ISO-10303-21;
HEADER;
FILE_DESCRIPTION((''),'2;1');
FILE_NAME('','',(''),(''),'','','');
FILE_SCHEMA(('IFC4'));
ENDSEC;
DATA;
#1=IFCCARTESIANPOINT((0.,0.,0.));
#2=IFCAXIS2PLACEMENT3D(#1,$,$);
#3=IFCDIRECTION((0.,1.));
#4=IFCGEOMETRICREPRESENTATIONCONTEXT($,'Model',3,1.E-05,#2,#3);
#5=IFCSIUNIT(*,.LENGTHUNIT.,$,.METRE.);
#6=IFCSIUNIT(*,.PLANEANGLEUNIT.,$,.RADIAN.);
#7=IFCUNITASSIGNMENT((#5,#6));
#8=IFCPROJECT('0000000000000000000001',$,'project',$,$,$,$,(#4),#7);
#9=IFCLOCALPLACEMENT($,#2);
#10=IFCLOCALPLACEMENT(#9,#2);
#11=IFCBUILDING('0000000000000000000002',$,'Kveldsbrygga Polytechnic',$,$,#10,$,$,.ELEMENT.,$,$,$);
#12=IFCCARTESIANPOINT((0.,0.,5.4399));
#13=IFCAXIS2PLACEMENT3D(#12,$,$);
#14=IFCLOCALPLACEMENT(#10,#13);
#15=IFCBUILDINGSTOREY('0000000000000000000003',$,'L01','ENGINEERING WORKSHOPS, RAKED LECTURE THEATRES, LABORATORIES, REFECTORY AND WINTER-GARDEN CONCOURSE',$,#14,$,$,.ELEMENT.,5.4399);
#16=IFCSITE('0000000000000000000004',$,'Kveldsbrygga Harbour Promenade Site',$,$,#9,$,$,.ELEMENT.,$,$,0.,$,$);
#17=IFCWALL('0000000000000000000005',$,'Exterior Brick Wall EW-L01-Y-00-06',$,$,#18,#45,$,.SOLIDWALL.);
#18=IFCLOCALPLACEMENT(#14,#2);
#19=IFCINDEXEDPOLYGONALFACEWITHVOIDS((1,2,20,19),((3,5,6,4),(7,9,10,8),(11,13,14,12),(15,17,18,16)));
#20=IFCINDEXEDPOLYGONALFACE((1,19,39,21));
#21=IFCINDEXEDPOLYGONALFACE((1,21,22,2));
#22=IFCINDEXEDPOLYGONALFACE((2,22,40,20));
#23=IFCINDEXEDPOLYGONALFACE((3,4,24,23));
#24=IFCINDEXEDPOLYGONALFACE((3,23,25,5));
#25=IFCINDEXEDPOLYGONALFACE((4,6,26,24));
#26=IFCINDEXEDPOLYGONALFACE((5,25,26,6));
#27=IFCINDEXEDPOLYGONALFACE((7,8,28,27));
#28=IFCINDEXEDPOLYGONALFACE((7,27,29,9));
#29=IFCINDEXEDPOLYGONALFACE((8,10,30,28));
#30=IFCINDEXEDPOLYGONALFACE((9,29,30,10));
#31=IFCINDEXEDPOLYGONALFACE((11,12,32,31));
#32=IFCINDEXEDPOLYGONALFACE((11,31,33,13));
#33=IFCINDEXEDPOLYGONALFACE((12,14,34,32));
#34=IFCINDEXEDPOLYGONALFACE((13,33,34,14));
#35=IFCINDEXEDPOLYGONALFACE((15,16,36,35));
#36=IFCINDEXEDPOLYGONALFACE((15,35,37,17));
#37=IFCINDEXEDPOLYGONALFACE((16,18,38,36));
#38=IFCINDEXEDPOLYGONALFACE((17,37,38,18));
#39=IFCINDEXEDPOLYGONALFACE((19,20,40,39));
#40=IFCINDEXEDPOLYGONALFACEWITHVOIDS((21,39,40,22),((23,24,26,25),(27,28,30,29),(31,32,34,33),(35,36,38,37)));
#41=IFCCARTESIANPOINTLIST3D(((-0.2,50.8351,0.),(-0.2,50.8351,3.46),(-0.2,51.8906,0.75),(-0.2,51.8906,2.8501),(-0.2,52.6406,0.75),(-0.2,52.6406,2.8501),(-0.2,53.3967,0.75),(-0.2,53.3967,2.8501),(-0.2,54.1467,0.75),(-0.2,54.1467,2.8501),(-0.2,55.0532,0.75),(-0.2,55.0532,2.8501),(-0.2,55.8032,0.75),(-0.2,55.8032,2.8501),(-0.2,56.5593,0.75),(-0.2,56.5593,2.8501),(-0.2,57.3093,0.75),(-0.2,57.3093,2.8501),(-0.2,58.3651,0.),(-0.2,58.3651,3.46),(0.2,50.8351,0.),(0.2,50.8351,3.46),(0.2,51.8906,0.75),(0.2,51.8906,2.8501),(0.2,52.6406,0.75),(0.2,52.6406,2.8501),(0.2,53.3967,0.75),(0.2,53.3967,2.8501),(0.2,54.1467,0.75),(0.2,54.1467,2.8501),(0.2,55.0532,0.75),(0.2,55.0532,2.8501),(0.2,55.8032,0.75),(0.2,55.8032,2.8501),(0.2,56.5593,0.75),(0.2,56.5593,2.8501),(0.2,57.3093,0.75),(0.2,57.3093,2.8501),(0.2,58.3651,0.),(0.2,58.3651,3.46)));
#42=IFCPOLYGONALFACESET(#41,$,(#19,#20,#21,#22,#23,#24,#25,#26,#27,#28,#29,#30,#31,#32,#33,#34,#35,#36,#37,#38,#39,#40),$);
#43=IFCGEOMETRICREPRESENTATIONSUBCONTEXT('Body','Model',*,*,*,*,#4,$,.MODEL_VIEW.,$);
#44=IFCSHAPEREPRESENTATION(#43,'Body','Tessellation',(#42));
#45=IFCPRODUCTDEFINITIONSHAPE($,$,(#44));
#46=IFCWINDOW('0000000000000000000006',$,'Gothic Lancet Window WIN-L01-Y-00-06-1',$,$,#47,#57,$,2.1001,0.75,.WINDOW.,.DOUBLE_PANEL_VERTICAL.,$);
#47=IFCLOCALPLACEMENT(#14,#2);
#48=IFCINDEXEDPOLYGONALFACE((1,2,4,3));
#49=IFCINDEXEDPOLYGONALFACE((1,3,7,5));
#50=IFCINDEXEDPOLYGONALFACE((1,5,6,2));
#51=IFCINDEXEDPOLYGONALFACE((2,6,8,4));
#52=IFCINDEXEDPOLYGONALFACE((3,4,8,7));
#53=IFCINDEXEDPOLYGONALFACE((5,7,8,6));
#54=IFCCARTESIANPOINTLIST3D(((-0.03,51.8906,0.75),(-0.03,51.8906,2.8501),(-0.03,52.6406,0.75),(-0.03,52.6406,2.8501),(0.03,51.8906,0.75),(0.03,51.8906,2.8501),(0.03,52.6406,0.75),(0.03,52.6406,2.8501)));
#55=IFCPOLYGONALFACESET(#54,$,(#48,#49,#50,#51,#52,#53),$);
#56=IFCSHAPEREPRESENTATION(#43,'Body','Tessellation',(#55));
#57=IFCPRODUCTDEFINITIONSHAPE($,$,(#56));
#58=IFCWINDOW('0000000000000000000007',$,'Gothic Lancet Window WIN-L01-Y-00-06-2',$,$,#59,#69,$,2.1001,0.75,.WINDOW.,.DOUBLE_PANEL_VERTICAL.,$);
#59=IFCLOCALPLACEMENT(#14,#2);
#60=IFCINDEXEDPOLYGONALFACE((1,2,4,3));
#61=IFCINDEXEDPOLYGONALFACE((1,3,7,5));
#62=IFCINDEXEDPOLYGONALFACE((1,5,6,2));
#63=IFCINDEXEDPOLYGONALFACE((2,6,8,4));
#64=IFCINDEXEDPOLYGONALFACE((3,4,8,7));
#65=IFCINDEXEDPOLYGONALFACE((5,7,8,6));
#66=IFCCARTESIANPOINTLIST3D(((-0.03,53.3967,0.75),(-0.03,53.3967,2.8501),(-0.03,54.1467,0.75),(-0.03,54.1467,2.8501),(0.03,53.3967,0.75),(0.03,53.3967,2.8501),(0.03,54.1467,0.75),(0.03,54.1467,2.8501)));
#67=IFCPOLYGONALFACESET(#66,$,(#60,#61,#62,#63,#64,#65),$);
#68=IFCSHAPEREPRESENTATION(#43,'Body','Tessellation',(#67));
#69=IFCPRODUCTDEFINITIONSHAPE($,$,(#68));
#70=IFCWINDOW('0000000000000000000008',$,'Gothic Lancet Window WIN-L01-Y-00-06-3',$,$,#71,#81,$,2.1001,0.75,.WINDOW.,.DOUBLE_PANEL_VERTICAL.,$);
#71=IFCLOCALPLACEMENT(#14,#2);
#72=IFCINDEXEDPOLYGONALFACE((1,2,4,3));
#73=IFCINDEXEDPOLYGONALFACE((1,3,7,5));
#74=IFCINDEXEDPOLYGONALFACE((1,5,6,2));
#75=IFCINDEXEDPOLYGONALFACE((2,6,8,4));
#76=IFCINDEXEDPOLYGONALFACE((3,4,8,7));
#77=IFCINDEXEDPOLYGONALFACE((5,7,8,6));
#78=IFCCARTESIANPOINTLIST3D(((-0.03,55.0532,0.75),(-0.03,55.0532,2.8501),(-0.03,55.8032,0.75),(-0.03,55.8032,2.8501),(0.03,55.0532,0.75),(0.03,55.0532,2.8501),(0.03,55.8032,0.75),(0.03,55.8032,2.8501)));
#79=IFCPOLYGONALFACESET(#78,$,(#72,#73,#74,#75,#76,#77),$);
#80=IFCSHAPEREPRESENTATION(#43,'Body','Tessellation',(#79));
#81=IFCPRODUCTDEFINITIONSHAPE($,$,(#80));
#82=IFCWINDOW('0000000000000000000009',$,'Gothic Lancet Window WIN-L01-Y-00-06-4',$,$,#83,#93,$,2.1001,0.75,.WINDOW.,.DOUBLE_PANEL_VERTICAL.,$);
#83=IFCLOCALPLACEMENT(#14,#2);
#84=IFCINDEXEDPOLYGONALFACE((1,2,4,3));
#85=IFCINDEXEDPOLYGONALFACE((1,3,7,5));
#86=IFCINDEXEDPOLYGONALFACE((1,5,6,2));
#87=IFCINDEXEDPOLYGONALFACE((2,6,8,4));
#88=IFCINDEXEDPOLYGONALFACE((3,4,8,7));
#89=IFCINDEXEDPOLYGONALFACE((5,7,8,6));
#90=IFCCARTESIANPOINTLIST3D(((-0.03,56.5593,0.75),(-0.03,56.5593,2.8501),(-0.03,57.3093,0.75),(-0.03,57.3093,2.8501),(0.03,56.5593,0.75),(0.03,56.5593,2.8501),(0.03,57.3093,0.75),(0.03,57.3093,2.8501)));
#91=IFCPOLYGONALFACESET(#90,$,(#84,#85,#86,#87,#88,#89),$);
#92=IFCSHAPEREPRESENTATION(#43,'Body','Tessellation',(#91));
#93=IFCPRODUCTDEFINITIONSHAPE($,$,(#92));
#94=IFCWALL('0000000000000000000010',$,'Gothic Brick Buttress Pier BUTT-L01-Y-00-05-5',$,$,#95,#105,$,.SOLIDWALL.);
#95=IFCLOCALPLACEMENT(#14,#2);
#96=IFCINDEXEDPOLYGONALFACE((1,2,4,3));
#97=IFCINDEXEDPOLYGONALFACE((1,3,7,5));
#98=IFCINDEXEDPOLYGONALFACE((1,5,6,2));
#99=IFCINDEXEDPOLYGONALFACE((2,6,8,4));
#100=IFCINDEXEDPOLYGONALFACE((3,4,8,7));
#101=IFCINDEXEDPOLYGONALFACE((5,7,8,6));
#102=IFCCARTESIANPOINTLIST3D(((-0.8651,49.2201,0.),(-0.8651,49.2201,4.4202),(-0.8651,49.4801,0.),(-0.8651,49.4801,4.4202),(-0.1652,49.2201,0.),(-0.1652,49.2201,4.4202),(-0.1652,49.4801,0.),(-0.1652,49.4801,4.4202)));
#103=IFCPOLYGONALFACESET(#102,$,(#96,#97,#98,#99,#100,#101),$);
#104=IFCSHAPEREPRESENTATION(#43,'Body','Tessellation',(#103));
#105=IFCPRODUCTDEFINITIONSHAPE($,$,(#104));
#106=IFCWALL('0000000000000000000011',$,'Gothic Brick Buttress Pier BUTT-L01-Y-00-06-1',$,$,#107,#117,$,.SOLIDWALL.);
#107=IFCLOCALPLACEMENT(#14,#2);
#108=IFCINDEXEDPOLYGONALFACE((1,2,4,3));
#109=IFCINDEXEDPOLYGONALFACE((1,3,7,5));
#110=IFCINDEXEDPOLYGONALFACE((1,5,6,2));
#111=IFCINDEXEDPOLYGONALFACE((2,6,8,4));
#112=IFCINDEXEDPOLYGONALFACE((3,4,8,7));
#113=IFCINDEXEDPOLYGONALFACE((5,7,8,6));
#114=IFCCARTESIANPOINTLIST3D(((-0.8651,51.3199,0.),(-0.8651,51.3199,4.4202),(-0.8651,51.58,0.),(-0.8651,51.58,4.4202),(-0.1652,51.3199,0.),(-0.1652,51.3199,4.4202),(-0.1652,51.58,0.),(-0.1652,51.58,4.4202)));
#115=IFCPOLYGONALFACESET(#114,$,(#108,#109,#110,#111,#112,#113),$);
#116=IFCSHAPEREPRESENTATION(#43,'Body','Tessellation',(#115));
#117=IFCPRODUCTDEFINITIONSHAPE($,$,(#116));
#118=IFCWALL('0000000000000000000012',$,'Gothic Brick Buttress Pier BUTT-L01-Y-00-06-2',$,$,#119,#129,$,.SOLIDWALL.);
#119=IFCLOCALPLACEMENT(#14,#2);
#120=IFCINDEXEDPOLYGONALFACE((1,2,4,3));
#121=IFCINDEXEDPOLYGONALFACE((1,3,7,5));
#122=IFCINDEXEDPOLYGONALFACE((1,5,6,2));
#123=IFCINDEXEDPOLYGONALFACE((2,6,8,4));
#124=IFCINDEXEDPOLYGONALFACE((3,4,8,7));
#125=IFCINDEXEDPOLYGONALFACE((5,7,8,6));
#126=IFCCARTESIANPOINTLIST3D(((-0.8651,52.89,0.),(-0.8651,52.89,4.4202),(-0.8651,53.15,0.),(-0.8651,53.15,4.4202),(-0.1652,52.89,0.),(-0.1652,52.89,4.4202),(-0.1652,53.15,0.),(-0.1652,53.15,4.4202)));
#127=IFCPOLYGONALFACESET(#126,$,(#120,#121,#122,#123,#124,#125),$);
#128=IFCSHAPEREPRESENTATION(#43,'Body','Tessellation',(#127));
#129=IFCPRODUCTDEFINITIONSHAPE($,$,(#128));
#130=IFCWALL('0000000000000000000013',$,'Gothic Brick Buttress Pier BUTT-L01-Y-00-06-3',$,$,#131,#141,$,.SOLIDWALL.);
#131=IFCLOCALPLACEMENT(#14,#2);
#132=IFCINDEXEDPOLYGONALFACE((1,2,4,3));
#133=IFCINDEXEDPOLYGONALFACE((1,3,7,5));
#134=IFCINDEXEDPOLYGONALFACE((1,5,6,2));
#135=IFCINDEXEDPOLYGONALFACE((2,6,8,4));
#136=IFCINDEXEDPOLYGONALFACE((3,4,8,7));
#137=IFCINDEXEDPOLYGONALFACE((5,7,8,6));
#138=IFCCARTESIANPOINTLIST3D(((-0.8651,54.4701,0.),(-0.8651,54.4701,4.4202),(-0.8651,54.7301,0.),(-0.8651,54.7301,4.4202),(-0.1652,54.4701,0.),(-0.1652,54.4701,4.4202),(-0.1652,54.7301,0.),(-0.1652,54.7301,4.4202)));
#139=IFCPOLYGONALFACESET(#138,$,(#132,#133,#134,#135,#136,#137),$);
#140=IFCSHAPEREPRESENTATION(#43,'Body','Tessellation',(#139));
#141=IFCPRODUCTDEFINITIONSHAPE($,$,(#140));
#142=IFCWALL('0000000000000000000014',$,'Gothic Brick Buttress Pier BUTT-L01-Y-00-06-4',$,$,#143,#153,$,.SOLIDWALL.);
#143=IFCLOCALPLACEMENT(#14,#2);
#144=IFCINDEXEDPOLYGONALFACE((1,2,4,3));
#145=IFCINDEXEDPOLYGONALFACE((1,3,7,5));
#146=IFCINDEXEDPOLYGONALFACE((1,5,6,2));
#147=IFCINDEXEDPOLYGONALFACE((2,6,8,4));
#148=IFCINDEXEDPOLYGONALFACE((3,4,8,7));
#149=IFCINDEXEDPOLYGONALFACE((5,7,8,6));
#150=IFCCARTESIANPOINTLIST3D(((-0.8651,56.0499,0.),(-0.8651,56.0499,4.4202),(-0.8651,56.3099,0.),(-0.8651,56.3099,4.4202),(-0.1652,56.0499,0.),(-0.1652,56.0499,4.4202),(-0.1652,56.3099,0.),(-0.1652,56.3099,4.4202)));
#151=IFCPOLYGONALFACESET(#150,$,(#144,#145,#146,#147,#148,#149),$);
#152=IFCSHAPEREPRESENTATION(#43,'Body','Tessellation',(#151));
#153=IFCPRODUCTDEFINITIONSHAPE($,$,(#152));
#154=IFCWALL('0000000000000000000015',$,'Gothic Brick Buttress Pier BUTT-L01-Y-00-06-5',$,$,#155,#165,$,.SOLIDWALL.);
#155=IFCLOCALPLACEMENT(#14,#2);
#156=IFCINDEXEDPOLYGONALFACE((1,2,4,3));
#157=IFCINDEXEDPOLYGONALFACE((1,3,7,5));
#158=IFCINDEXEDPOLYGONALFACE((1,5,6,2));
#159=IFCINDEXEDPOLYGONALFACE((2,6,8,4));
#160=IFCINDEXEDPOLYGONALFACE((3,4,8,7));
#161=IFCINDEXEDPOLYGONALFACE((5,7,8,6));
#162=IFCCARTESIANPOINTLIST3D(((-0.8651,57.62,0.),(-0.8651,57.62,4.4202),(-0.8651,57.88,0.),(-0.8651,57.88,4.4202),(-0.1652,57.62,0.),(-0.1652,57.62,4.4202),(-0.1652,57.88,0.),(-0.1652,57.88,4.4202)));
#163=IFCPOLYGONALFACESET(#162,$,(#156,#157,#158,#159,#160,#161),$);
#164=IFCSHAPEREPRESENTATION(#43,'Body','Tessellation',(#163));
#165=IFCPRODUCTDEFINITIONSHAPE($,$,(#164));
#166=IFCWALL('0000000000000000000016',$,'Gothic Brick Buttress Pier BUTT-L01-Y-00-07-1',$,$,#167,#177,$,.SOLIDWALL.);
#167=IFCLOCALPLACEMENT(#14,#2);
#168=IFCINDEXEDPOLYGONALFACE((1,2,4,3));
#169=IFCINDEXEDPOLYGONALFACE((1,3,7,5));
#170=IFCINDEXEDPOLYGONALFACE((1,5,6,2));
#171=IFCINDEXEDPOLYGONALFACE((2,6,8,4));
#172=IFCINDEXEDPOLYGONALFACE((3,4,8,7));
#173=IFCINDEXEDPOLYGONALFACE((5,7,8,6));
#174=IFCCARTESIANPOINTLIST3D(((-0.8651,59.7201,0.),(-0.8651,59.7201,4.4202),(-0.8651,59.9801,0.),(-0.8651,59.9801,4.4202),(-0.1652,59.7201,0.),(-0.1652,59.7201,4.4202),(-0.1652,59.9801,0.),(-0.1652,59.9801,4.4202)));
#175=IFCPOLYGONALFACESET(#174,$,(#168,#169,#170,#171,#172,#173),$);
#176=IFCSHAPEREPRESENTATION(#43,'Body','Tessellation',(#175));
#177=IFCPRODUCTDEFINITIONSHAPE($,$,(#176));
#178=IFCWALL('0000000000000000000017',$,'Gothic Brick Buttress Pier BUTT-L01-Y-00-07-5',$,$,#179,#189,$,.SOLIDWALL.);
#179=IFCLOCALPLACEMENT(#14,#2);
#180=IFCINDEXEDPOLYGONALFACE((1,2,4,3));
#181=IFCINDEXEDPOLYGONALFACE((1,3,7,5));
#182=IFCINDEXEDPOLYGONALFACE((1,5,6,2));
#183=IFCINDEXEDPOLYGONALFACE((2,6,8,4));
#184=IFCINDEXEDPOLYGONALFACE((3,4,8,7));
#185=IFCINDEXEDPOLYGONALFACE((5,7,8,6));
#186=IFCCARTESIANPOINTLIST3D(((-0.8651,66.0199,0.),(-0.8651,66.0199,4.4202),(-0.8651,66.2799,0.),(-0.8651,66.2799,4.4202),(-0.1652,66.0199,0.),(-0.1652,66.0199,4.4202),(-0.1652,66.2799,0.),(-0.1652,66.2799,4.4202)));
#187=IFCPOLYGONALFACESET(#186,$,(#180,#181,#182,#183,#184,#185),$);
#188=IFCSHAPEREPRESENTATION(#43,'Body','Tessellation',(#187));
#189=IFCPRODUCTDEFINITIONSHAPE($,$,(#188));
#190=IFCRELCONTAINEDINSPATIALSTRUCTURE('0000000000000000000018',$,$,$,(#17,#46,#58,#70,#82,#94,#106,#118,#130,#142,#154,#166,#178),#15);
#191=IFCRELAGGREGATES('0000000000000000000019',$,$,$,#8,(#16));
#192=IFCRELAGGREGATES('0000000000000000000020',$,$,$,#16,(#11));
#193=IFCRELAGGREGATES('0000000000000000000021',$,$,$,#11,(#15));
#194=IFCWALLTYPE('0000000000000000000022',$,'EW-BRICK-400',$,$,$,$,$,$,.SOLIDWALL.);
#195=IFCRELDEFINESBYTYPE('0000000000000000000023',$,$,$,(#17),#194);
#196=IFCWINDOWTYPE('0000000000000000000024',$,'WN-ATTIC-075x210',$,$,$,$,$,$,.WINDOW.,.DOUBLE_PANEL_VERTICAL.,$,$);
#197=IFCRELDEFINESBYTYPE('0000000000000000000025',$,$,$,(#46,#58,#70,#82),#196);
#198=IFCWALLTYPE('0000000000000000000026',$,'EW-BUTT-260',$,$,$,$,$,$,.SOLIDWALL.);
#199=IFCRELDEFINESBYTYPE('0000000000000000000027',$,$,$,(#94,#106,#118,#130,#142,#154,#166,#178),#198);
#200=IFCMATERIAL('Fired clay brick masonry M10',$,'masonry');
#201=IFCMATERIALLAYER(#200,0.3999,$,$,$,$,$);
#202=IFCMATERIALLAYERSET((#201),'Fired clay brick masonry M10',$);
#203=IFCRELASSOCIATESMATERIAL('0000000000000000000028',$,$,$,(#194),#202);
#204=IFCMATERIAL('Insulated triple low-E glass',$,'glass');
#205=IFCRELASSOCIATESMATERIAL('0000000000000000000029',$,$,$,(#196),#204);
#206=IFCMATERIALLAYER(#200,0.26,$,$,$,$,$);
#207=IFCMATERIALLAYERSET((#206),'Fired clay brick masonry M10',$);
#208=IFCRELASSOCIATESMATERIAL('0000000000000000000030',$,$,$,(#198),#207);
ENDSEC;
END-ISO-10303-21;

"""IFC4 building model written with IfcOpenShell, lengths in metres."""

from ifc_helpers import new_model, si_unit, direction, frame, frame_2d, origin, place, context, subcontext, project, spatial, rectangle, extrude, material, layer, layer_set, type_object, element, fill, save


model = new_model("IFC4")

# Units and contexts
model_context = context("Model", 3, precision=1e-05, world=origin(), true_north=direction((0.0, 1.0)))
body_context = subcontext(model_context, "Body", "Model", "MODEL_VIEW")
ifc_project = project(units=[si_unit("LENGTHUNIT", "METRE"), si_unit("PLANEANGLEUNIT", "RADIAN")], contexts=[model_context])

# Site, building, storey
site_placement = place(None, origin())
site = spatial("IfcSite", under=ifc_project, at=site_placement, Name="Kveldsbrygga Harbour Promenade Site", CompositionType="ELEMENT", RefElevation=0.0)
building_placement = place(site_placement, origin())
building = spatial("IfcBuilding", under=site, at=building_placement, Name="Kveldsbrygga Polytechnic", CompositionType="ELEMENT")
storey_placement = place(building_placement, frame((0.0, 0.0, 5.4399)))
storey = spatial("IfcBuildingStorey", under=building, at=storey_placement, Name="L01", Description="ENGINEERING WORKSHOPS, RAKED LECTURE THEATRES, LABORATORIES, REFECTORY AND WINTER-GARDEN CONCOURSE", CompositionType="ELEMENT", Elevation=5.4399)

# Wall, openings, windows
ifc_material_1 = material(Name="Fired clay brick masonry M10", Category="masonry")
ifc_material_2 = material(Name="Insulated triple low-E glass", Category="glass")
ifc_layer_1 = layer(ifc_material_1, 0.3999)
ifc_layer_set_1 = layer_set([ifc_layer_1], Name="Fired clay brick masonry M10")
wall_type_1 = type_object("IfcWallType", Name="EW-BRICK-400", PredefinedType="SOLIDWALL", material=ifc_layer_set_1)
wall_1_placement = place(storey_placement, frame((0.0, 50.835, 0.0), z_axis=(0.0, 0.0, 1.0), x_axis=(0.0, 1.0, 0.0)))
wall_1 = element("IfcWall", 1, at=wall_1_placement, inside=storey, type_object=wall_type_1, Name="Exterior Brick Wall EW-L01-Y-00-06", PredefinedType="SOLIDWALL", context=body_context, shape_type="SweptSolid", body=[
    extrude(rectangle(XDim=7.53, YDim=0.3999, at=frame_2d((3.7651, 0.0))), origin(), (0.0, 0.0, 1.0), 3.46),
])
opening_1_placement = place(wall_1_placement, frame((1.0557, 0.0, 0.75)))
opening_1 = element("IfcOpeningElement", 2, at=opening_1_placement, cuts=wall_1, PredefinedType="OPENING", context=body_context, shape_type="SweptSolid", body=[
    extrude(rectangle(XDim=0.75, YDim=2.1001, at=frame_2d((0.375, 1.05))), frame((0.0, 0.21, 0.0), z_axis=(0.0, -1.0, 0.0), x_axis=(1.0, 0.0, 0.0)), (0.0, 0.0, 1.0), 0.4199),
])
opening_2_placement = place(wall_1_placement, frame((2.5618, 0.0, 0.75)))
opening_2 = element("IfcOpeningElement", 3, at=opening_2_placement, cuts=wall_1, PredefinedType="OPENING", context=body_context, shape_type="SweptSolid", body=[
    extrude(rectangle(XDim=0.75, YDim=2.1001, at=frame_2d((0.375, 1.05))), frame((0.0, 0.21, 0.0), z_axis=(0.0, -1.0, 0.0), x_axis=(1.0, 0.0, 0.0)), (0.0, 0.0, 1.0), 0.4199),
])
opening_3_placement = place(wall_1_placement, frame((4.2183, 0.0, 0.75)))
opening_3 = element("IfcOpeningElement", 4, at=opening_3_placement, cuts=wall_1, PredefinedType="OPENING", context=body_context, shape_type="SweptSolid", body=[
    extrude(rectangle(XDim=0.75, YDim=2.1001, at=frame_2d((0.375, 1.05))), frame((0.0, 0.21, 0.0), z_axis=(0.0, -1.0, 0.0), x_axis=(1.0, 0.0, 0.0)), (0.0, 0.0, 1.0), 0.4199),
])
opening_4_placement = place(wall_1_placement, frame((5.7244, 0.0, 0.75)))
opening_4 = element("IfcOpeningElement", 5, at=opening_4_placement, cuts=wall_1, PredefinedType="OPENING", context=body_context, shape_type="SweptSolid", body=[
    extrude(rectangle(XDim=0.75, YDim=2.1001, at=frame_2d((0.375, 1.05))), frame((0.0, 0.21, 0.0), z_axis=(0.0, -1.0, 0.0), x_axis=(1.0, 0.0, 0.0)), (0.0, 0.0, 1.0), 0.4199),
])
window_type_1 = type_object("IfcWindowType", Name="WN-ATTIC-075x210", PartitioningType="DOUBLE_PANEL_VERTICAL", PredefinedType="WINDOW", material=ifc_material_2)
window_1_placement = place(opening_1_placement, origin())
window_1 = element("IfcWindow", 6, at=window_1_placement, inside=storey, type_object=window_type_1, Name="Gothic Lancet Window WIN-L01-Y-00-06-1", OverallHeight=2.1001, OverallWidth=0.75, PartitioningType="DOUBLE_PANEL_VERTICAL", PredefinedType="WINDOW", context=body_context, shape_type="SweptSolid", body=[
    extrude(rectangle(XDim=0.75, YDim=2.1001, at=frame_2d((0.375, 1.05))), frame((0.0, 0.03, 0.0), z_axis=(0.0, -1.0, 0.0), x_axis=(1.0, 0.0, 0.0)), (0.0, 0.0, 1.0), 0.0601),
])
fill(opening_1, window_1)
window_2_placement = place(opening_2_placement, origin())
window_2 = element("IfcWindow", 7, at=window_2_placement, inside=storey, type_object=window_type_1, Name="Gothic Lancet Window WIN-L01-Y-00-06-2", OverallHeight=2.1001, OverallWidth=0.75, PartitioningType="DOUBLE_PANEL_VERTICAL", PredefinedType="WINDOW", context=body_context, shape_type="SweptSolid", body=[
    extrude(rectangle(XDim=0.75, YDim=2.1001, at=frame_2d((0.375, 1.05))), frame((0.0, 0.03, 0.0), z_axis=(0.0, -1.0, 0.0), x_axis=(1.0, 0.0, 0.0)), (0.0, 0.0, 1.0), 0.0601),
])
fill(opening_2, window_2)
window_3_placement = place(opening_3_placement, origin())
window_3 = element("IfcWindow", 8, at=window_3_placement, inside=storey, type_object=window_type_1, Name="Gothic Lancet Window WIN-L01-Y-00-06-3", OverallHeight=2.1001, OverallWidth=0.75, PartitioningType="DOUBLE_PANEL_VERTICAL", PredefinedType="WINDOW", context=body_context, shape_type="SweptSolid", body=[
    extrude(rectangle(XDim=0.75, YDim=2.1001, at=frame_2d((0.375, 1.05))), frame((0.0, 0.03, 0.0), z_axis=(0.0, -1.0, 0.0), x_axis=(1.0, 0.0, 0.0)), (0.0, 0.0, 1.0), 0.0601),
])
fill(opening_3, window_3)
window_4_placement = place(opening_4_placement, origin())
window_4 = element("IfcWindow", 9, at=window_4_placement, inside=storey, type_object=window_type_1, Name="Gothic Lancet Window WIN-L01-Y-00-06-4", OverallHeight=2.1001, OverallWidth=0.75, PartitioningType="DOUBLE_PANEL_VERTICAL", PredefinedType="WINDOW", context=body_context, shape_type="SweptSolid", body=[
    extrude(rectangle(XDim=0.75, YDim=2.1001, at=frame_2d((0.375, 1.05))), frame((0.0, 0.03, 0.0), z_axis=(0.0, -1.0, 0.0), x_axis=(1.0, 0.0, 0.0)), (0.0, 0.0, 1.0), 0.0601),
])
fill(opening_4, window_4)

# Walls
ifc_layer_2 = layer(ifc_material_1, 0.26)
ifc_layer_set_2 = layer_set([ifc_layer_2], Name="Fired clay brick masonry M10")
wall_type_2 = type_object("IfcWallType", Name="EW-BUTT-260", PredefinedType="SOLIDWALL", material=ifc_layer_set_2)
for number, where, z_axis, x_axis, name in (
    (10, (-0.165, 49.3501, 0.0), (0.0, 0.0, 1.0), (-1.0, 0.0, 0.0), "Gothic Brick Buttress Pier BUTT-L01-Y-00-05-5"),
    (11, (-0.165, 51.45, 0.0), (0.0, 0.0, 1.0), (-1.0, 0.0, 0.0), "Gothic Brick Buttress Pier BUTT-L01-Y-00-06-1"),
    (12, (-0.165, 53.02, 0.0), (0.0, 0.0, 1.0), (-1.0, 0.0, 0.0), "Gothic Brick Buttress Pier BUTT-L01-Y-00-06-2"),
    (13, (-0.165, 54.6001, 0.0), (0.0, 0.0, 1.0), (-1.0, 0.0, 0.0), "Gothic Brick Buttress Pier BUTT-L01-Y-00-06-3"),
    (14, (-0.165, 56.1799, 0.0), (0.0, 0.0, 1.0), (-1.0, 0.0, 0.0), "Gothic Brick Buttress Pier BUTT-L01-Y-00-06-4"),
    (15, (-0.165, 57.75, 0.0), (0.0, 0.0, 1.0), (-1.0, 0.0, 0.0), "Gothic Brick Buttress Pier BUTT-L01-Y-00-06-5"),
    (16, (-0.165, 59.8501, 0.0), (0.0, 0.0, 1.0), (-1.0, 0.0, 0.0), "Gothic Brick Buttress Pier BUTT-L01-Y-00-07-1"),
    (17, (-0.165, 66.1499, 0.0), (0.0, 0.0, 1.0), (-1.0, 0.0, 0.0), "Gothic Brick Buttress Pier BUTT-L01-Y-00-07-5"),
):
    element("IfcWall", number, at=place(storey_placement, frame(where, z_axis=z_axis, x_axis=x_axis)), inside=storey, type_object=wall_type_2, Name=name, PredefinedType="SOLIDWALL", context=body_context, shape_type="SweptSolid", body=[
        extrude(rectangle(XDim=0.7, YDim=0.26, at=frame_2d((0.3501, 0.0))), origin(), (0.0, 0.0, 1.0), 4.4202),
    ])

save(model, "model.ifc")
